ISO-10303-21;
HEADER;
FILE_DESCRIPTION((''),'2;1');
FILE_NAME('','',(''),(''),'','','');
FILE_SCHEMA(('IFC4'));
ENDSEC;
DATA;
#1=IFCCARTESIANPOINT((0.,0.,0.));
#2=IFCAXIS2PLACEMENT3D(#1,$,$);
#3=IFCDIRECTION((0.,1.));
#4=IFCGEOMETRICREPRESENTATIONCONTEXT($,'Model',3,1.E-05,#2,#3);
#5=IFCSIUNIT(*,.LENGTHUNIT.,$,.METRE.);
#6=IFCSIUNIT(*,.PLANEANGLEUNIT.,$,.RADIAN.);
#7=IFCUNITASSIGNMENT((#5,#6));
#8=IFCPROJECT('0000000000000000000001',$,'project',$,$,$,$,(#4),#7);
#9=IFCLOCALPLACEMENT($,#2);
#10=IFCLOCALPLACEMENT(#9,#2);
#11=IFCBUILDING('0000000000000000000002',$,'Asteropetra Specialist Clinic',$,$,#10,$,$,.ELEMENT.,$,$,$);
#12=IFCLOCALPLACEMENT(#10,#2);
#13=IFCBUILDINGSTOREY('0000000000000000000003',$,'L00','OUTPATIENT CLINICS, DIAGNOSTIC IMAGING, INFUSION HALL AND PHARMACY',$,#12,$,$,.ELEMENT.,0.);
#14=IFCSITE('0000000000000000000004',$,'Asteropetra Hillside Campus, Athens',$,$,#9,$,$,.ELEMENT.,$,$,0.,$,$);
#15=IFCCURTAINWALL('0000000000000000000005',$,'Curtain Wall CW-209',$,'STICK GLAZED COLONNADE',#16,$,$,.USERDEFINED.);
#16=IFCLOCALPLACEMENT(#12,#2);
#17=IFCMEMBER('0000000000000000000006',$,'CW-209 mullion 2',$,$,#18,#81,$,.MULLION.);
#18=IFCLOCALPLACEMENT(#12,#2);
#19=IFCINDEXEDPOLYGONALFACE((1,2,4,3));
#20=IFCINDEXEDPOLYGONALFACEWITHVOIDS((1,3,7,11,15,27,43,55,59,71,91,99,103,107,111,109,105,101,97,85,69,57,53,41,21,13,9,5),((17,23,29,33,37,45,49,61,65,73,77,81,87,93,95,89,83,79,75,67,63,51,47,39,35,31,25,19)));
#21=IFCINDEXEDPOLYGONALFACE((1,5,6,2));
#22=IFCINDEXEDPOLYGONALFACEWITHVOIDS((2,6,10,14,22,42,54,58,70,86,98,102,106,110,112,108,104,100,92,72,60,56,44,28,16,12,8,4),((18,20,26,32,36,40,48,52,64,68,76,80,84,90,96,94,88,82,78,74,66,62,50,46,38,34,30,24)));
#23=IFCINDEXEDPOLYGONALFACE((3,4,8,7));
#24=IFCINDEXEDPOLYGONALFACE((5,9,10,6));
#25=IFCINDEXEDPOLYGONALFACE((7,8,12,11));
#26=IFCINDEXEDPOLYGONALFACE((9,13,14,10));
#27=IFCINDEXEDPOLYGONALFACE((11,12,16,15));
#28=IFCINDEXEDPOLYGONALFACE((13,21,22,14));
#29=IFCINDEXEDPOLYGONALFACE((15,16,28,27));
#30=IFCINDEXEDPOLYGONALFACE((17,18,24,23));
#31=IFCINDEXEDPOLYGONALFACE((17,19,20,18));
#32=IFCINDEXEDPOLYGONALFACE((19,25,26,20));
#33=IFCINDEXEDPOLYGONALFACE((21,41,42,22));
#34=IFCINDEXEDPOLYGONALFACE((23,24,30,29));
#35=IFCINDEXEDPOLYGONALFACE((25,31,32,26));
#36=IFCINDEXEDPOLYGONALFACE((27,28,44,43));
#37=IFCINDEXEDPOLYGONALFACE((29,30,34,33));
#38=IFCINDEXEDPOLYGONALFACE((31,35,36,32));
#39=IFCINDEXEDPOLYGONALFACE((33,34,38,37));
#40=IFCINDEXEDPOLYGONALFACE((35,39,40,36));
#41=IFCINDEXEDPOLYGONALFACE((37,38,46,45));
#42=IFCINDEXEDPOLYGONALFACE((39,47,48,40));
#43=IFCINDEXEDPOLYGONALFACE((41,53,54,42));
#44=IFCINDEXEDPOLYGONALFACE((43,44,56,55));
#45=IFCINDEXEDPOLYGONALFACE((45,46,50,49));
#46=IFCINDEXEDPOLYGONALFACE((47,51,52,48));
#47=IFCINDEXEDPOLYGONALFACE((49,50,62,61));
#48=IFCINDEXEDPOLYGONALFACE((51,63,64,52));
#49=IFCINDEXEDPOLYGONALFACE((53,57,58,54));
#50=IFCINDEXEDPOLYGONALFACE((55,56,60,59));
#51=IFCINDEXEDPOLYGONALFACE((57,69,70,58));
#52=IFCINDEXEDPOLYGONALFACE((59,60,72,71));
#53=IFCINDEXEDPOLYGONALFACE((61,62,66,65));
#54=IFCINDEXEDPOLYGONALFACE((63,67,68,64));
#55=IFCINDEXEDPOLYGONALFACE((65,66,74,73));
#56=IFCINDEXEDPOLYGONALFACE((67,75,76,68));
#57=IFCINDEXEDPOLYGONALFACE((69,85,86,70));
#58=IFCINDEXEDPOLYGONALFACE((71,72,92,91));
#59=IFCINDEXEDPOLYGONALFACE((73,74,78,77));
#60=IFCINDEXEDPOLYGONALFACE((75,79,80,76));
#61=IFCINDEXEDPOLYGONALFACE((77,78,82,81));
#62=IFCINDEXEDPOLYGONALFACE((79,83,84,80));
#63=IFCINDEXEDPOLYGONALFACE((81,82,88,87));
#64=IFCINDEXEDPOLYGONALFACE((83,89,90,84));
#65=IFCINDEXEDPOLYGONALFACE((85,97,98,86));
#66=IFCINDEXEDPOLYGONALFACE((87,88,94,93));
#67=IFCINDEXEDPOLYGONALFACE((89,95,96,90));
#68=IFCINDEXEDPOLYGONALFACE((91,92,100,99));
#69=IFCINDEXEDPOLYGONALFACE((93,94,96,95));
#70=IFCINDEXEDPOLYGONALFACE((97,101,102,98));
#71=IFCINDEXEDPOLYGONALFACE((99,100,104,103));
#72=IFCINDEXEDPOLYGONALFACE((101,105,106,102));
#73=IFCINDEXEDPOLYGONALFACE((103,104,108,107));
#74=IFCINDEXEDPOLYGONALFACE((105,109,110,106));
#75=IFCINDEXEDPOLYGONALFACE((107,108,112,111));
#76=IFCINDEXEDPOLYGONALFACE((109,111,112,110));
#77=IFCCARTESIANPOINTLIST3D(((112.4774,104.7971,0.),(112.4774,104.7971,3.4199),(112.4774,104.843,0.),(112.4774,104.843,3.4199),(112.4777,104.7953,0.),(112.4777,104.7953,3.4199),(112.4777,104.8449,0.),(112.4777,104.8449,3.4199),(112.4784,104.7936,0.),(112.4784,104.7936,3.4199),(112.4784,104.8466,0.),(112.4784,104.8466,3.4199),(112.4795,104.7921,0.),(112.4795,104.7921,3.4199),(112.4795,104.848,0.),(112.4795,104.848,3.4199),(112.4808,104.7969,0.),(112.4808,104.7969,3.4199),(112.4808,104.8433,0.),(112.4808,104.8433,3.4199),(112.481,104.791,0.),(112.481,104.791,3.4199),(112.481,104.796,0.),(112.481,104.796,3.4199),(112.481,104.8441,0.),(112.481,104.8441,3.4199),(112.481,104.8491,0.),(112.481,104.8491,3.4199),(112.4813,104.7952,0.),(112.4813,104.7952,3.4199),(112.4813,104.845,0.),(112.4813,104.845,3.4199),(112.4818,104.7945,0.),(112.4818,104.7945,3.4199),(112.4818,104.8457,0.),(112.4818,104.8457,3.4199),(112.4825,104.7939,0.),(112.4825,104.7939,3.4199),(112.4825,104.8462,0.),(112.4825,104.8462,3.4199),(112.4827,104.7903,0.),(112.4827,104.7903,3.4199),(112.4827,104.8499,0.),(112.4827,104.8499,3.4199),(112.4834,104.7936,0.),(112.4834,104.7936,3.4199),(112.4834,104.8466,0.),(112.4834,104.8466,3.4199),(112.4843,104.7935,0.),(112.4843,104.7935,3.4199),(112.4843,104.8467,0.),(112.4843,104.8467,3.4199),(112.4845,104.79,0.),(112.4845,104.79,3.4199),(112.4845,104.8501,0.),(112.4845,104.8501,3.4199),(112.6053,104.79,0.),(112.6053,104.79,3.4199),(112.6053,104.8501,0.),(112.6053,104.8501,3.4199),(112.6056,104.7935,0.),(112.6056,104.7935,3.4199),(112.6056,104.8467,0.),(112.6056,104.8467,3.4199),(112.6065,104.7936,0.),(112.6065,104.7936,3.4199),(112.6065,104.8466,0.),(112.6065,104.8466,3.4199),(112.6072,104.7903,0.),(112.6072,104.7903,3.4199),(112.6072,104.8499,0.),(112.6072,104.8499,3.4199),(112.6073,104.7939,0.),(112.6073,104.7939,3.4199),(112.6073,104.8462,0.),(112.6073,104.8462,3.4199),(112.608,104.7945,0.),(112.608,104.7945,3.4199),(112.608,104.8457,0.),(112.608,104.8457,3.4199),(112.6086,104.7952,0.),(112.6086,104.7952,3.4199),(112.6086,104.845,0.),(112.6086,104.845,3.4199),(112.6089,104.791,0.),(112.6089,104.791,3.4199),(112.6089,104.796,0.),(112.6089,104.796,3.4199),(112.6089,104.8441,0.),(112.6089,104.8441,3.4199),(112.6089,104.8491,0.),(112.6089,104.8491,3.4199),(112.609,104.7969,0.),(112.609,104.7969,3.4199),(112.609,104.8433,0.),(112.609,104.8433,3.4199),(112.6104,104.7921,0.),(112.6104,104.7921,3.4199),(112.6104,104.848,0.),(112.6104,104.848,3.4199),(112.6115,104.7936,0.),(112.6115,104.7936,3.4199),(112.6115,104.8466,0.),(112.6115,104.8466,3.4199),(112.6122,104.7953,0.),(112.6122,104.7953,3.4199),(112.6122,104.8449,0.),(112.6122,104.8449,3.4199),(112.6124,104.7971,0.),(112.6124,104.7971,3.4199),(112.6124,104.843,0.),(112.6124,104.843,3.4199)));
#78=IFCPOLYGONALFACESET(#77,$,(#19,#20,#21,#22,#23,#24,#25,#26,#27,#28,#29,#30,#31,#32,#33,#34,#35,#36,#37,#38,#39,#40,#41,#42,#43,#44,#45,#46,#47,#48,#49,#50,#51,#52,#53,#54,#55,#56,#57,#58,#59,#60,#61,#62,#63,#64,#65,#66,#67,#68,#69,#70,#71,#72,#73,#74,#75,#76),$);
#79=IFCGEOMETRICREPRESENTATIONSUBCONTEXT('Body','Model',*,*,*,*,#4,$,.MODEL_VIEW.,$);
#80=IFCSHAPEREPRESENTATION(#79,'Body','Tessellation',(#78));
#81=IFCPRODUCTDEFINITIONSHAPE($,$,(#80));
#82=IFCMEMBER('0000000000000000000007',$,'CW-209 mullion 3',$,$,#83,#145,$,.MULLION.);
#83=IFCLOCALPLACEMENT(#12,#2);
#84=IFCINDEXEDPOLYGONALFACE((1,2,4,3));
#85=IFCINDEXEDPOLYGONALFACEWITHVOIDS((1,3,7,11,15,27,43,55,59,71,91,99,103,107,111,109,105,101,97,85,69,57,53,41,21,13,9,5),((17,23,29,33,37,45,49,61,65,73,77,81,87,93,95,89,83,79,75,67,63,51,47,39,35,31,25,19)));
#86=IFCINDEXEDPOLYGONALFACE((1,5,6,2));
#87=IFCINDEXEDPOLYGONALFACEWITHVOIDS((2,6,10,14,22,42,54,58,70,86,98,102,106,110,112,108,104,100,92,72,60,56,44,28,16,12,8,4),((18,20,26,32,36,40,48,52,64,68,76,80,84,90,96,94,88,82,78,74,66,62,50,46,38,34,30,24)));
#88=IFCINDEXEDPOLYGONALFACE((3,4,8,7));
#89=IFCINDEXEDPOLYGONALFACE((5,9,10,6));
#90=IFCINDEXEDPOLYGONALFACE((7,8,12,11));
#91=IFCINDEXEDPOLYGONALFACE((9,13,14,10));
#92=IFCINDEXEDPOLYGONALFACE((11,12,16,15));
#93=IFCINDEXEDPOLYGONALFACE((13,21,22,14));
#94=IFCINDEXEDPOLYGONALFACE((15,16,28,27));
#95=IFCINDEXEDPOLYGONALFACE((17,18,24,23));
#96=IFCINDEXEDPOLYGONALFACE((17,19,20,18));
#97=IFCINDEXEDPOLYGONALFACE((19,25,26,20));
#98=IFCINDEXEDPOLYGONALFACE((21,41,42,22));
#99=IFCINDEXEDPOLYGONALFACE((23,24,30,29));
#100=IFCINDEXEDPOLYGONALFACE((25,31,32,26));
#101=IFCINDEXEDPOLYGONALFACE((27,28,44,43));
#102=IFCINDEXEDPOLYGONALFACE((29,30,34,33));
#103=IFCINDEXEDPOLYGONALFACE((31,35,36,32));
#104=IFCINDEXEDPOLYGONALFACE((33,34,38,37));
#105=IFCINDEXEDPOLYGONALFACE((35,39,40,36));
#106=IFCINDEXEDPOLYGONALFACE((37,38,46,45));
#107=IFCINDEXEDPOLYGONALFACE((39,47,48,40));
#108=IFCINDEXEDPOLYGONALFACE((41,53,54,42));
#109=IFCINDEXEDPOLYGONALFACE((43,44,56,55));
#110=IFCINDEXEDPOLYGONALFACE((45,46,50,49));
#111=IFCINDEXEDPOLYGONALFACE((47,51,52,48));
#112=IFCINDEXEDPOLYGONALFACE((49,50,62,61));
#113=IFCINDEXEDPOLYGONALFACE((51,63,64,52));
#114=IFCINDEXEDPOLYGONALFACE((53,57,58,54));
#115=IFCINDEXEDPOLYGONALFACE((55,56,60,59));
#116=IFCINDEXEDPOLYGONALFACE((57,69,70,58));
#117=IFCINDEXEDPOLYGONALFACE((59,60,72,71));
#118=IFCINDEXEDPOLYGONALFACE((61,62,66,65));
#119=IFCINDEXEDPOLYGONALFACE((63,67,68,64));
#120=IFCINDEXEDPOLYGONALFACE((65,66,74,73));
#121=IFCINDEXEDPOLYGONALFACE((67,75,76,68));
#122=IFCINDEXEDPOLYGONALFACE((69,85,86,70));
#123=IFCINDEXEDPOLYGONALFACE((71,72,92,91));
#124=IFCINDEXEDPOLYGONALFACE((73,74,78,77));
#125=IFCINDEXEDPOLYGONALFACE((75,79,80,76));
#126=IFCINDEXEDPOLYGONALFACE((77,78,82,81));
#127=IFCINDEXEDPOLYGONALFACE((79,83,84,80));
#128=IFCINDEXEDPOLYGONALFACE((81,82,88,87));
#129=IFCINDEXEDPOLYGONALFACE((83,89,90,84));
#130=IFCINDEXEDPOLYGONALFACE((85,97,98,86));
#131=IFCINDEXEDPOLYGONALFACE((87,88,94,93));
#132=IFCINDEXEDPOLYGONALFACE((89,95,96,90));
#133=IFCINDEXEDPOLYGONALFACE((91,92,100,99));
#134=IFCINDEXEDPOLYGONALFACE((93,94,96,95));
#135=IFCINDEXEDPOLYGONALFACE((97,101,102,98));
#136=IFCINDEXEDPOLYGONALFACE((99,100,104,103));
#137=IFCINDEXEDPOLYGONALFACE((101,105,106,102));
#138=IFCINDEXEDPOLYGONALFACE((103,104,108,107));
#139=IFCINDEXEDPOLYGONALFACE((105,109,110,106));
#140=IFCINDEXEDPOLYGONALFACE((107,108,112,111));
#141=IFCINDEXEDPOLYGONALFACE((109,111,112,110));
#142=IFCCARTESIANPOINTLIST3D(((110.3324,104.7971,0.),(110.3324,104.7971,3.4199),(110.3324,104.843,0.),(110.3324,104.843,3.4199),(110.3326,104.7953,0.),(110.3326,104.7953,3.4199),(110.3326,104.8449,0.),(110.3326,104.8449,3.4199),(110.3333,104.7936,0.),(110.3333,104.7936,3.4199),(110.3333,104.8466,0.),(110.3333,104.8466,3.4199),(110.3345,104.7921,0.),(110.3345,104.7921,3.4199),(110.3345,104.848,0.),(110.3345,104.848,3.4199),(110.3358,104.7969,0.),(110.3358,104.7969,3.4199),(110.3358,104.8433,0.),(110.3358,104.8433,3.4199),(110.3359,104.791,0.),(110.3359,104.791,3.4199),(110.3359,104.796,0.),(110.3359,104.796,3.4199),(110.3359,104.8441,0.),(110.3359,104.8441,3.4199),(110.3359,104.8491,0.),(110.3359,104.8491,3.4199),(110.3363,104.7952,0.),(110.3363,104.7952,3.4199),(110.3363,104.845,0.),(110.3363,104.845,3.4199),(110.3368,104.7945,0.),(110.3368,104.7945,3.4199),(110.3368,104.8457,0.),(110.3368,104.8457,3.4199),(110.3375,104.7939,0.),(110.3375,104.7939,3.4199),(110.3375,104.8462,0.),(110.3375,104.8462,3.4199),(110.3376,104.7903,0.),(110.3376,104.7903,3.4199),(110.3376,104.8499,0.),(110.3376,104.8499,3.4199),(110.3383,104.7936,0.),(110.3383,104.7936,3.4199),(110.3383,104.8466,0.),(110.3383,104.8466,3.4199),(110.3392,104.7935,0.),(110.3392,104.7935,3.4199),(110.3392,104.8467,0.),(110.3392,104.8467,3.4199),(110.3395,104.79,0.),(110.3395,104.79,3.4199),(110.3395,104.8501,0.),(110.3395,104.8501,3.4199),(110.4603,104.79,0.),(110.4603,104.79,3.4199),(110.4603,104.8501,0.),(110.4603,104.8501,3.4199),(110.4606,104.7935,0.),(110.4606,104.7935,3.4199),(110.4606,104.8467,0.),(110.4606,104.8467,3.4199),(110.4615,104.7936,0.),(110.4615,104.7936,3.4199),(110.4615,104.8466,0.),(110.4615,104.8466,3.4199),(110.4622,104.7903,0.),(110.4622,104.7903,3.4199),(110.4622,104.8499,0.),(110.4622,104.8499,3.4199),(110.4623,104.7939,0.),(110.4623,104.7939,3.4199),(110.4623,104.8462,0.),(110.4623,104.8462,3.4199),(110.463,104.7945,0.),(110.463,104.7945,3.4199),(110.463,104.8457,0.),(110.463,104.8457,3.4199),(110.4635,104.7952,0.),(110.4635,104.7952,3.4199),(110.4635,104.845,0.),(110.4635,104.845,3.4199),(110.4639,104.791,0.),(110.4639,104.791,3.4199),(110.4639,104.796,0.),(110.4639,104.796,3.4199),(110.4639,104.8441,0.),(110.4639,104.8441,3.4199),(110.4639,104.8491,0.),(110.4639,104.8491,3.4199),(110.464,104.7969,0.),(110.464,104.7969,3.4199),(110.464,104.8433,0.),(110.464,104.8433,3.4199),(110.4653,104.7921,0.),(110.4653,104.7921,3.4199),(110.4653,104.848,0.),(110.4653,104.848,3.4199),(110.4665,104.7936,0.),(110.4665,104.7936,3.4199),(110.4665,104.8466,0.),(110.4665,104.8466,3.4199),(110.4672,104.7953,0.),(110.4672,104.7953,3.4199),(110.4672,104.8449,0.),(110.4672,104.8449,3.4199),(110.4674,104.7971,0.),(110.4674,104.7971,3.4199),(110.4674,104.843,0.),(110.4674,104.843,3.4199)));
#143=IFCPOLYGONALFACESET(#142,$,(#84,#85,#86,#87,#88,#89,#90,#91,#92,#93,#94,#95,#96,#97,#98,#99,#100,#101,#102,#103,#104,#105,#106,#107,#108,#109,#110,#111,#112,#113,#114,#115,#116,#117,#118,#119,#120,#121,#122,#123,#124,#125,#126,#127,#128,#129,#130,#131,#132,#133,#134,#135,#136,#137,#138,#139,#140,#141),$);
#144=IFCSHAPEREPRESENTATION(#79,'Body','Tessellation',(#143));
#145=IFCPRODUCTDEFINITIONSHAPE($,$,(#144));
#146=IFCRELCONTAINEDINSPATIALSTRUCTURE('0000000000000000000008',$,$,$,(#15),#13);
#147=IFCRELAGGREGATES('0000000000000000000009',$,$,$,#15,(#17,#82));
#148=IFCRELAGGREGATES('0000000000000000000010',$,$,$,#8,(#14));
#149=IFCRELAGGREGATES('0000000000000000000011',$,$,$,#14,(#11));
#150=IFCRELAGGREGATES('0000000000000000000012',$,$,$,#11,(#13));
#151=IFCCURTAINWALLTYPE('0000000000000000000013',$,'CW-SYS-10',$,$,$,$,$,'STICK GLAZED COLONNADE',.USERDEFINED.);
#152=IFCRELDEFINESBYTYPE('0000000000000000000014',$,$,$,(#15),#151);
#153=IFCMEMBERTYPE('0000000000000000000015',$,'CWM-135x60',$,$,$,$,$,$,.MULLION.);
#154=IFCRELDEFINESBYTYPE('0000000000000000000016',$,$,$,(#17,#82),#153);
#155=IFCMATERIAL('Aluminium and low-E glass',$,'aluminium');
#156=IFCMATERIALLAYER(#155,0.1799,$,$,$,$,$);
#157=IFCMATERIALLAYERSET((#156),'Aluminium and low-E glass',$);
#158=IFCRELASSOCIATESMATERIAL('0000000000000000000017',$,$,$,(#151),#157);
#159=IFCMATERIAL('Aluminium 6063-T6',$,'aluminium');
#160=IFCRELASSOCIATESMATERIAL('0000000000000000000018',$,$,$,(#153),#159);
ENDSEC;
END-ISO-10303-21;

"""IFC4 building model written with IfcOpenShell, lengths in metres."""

from ifc_helpers import new_model, si_unit, direction, frame, origin, origin_2d, place, context, subcontext, project, spatial, hollow_rectangle, extrude, material, layer, layer_set, material_profile, profile_set, type_object, element, aggregate, save


model = new_model("IFC4")

# Units and contexts
model_context = context("Model", 3, precision=1e-05, world=origin(), true_north=direction((0.0, 1.0)))
body_context = subcontext(model_context, "Body", "Model", "MODEL_VIEW")
ifc_project = project(units=[si_unit("LENGTHUNIT", "METRE"), si_unit("PLANEANGLEUNIT", "RADIAN")], contexts=[model_context])

# Site, building, storey
site_placement = place(None, origin())
site = spatial("IfcSite", under=ifc_project, at=site_placement, Name="Asteropetra Hillside Campus, Athens", CompositionType="ELEMENT", RefElevation=0.0)
building_placement = place(site_placement, origin())
building = spatial("IfcBuilding", under=site, at=building_placement, Name="Asteropetra Specialist Clinic", CompositionType="ELEMENT")
storey_placement = place(building_placement, origin())
storey = spatial("IfcBuildingStorey", under=building, at=storey_placement, Name="L00", Description="OUTPATIENT CLINICS, DIAGNOSTIC IMAGING, INFUSION HALL AND PHARMACY", CompositionType="ELEMENT", Elevation=0.0)

# Curtain wall, members
ifc_material_1 = material(Name="Aluminium and low-E glass", Category="aluminium")
ifc_layer_1 = layer(ifc_material_1, 0.1799)
ifc_layer_set_1 = layer_set([ifc_layer_1], Name="Aluminium and low-E glass")
curtain_wall_type = type_object("IfcCurtainWallType", Name="CW-SYS-10", ElementType="STICK GLAZED COLONNADE", PredefinedType="USERDEFINED", material=ifc_layer_set_1)
curtain_wall_placement = place(storey_placement, origin())
curtain_wall = element("IfcCurtainWall", 1, at=curtain_wall_placement, inside=storey, type_object=curtain_wall_type, Name="Curtain Wall CW-209", ObjectType="STICK GLAZED COLONNADE", PredefinedType="USERDEFINED")
ifc_material_2 = material(Name="Aluminium 6063-T6", Category="aluminium")
ifc_material_profile_1 = material_profile(ifc_material_2, hollow_rectangle(XDim=0.0601, YDim=0.135, WallThickness=0.0034, InnerFilletRadius=0.0034, OuterFilletRadius=0.0071, at=origin_2d()), Name="MUL 135x60x3.5")
ifc_profile_set_1 = profile_set([ifc_material_profile_1], Name="Aluminium 6063-T6")
member_type_1 = type_object("IfcMemberType", Name="CWM-135x60", PredefinedType="MULLION", material=ifc_profile_set_1)
member_1_placement = place(storey_placement, frame((112.5449, 104.8201, 0.0), z_axis=(0.0, 0.0, 1.0), x_axis=(0.0, -1.0, 0.0)))
member_1 = element("IfcMember", 2, at=member_1_placement, type_object=member_type_1, Name="CW-209 mullion 2", PredefinedType="MULLION", context=body_context, shape_type="SweptSolid", body=[
    extrude(hollow_rectangle(XDim=0.0601, YDim=0.135, WallThickness=0.0034, InnerFilletRadius=0.0034, OuterFilletRadius=0.0071, at=origin_2d()), origin(), (0.0, 0.0, 1.0), 3.4199),
])
member_2_placement = place(storey_placement, frame((110.3999, 104.8201, 0.0), z_axis=(0.0, 0.0, 1.0), x_axis=(0.0, -1.0, 0.0)))
member_2 = element("IfcMember", 3, at=member_2_placement, type_object=member_type_1, Name="CW-209 mullion 3", PredefinedType="MULLION", context=body_context, shape_type="SweptSolid", body=[
    extrude(hollow_rectangle(XDim=0.0601, YDim=0.135, WallThickness=0.0034, InnerFilletRadius=0.0034, OuterFilletRadius=0.0071, at=origin_2d()), origin(), (0.0, 0.0, 1.0), 3.4199),
])
aggregate(curtain_wall, [member_1, member_2])

save(model, "model.ifc")
